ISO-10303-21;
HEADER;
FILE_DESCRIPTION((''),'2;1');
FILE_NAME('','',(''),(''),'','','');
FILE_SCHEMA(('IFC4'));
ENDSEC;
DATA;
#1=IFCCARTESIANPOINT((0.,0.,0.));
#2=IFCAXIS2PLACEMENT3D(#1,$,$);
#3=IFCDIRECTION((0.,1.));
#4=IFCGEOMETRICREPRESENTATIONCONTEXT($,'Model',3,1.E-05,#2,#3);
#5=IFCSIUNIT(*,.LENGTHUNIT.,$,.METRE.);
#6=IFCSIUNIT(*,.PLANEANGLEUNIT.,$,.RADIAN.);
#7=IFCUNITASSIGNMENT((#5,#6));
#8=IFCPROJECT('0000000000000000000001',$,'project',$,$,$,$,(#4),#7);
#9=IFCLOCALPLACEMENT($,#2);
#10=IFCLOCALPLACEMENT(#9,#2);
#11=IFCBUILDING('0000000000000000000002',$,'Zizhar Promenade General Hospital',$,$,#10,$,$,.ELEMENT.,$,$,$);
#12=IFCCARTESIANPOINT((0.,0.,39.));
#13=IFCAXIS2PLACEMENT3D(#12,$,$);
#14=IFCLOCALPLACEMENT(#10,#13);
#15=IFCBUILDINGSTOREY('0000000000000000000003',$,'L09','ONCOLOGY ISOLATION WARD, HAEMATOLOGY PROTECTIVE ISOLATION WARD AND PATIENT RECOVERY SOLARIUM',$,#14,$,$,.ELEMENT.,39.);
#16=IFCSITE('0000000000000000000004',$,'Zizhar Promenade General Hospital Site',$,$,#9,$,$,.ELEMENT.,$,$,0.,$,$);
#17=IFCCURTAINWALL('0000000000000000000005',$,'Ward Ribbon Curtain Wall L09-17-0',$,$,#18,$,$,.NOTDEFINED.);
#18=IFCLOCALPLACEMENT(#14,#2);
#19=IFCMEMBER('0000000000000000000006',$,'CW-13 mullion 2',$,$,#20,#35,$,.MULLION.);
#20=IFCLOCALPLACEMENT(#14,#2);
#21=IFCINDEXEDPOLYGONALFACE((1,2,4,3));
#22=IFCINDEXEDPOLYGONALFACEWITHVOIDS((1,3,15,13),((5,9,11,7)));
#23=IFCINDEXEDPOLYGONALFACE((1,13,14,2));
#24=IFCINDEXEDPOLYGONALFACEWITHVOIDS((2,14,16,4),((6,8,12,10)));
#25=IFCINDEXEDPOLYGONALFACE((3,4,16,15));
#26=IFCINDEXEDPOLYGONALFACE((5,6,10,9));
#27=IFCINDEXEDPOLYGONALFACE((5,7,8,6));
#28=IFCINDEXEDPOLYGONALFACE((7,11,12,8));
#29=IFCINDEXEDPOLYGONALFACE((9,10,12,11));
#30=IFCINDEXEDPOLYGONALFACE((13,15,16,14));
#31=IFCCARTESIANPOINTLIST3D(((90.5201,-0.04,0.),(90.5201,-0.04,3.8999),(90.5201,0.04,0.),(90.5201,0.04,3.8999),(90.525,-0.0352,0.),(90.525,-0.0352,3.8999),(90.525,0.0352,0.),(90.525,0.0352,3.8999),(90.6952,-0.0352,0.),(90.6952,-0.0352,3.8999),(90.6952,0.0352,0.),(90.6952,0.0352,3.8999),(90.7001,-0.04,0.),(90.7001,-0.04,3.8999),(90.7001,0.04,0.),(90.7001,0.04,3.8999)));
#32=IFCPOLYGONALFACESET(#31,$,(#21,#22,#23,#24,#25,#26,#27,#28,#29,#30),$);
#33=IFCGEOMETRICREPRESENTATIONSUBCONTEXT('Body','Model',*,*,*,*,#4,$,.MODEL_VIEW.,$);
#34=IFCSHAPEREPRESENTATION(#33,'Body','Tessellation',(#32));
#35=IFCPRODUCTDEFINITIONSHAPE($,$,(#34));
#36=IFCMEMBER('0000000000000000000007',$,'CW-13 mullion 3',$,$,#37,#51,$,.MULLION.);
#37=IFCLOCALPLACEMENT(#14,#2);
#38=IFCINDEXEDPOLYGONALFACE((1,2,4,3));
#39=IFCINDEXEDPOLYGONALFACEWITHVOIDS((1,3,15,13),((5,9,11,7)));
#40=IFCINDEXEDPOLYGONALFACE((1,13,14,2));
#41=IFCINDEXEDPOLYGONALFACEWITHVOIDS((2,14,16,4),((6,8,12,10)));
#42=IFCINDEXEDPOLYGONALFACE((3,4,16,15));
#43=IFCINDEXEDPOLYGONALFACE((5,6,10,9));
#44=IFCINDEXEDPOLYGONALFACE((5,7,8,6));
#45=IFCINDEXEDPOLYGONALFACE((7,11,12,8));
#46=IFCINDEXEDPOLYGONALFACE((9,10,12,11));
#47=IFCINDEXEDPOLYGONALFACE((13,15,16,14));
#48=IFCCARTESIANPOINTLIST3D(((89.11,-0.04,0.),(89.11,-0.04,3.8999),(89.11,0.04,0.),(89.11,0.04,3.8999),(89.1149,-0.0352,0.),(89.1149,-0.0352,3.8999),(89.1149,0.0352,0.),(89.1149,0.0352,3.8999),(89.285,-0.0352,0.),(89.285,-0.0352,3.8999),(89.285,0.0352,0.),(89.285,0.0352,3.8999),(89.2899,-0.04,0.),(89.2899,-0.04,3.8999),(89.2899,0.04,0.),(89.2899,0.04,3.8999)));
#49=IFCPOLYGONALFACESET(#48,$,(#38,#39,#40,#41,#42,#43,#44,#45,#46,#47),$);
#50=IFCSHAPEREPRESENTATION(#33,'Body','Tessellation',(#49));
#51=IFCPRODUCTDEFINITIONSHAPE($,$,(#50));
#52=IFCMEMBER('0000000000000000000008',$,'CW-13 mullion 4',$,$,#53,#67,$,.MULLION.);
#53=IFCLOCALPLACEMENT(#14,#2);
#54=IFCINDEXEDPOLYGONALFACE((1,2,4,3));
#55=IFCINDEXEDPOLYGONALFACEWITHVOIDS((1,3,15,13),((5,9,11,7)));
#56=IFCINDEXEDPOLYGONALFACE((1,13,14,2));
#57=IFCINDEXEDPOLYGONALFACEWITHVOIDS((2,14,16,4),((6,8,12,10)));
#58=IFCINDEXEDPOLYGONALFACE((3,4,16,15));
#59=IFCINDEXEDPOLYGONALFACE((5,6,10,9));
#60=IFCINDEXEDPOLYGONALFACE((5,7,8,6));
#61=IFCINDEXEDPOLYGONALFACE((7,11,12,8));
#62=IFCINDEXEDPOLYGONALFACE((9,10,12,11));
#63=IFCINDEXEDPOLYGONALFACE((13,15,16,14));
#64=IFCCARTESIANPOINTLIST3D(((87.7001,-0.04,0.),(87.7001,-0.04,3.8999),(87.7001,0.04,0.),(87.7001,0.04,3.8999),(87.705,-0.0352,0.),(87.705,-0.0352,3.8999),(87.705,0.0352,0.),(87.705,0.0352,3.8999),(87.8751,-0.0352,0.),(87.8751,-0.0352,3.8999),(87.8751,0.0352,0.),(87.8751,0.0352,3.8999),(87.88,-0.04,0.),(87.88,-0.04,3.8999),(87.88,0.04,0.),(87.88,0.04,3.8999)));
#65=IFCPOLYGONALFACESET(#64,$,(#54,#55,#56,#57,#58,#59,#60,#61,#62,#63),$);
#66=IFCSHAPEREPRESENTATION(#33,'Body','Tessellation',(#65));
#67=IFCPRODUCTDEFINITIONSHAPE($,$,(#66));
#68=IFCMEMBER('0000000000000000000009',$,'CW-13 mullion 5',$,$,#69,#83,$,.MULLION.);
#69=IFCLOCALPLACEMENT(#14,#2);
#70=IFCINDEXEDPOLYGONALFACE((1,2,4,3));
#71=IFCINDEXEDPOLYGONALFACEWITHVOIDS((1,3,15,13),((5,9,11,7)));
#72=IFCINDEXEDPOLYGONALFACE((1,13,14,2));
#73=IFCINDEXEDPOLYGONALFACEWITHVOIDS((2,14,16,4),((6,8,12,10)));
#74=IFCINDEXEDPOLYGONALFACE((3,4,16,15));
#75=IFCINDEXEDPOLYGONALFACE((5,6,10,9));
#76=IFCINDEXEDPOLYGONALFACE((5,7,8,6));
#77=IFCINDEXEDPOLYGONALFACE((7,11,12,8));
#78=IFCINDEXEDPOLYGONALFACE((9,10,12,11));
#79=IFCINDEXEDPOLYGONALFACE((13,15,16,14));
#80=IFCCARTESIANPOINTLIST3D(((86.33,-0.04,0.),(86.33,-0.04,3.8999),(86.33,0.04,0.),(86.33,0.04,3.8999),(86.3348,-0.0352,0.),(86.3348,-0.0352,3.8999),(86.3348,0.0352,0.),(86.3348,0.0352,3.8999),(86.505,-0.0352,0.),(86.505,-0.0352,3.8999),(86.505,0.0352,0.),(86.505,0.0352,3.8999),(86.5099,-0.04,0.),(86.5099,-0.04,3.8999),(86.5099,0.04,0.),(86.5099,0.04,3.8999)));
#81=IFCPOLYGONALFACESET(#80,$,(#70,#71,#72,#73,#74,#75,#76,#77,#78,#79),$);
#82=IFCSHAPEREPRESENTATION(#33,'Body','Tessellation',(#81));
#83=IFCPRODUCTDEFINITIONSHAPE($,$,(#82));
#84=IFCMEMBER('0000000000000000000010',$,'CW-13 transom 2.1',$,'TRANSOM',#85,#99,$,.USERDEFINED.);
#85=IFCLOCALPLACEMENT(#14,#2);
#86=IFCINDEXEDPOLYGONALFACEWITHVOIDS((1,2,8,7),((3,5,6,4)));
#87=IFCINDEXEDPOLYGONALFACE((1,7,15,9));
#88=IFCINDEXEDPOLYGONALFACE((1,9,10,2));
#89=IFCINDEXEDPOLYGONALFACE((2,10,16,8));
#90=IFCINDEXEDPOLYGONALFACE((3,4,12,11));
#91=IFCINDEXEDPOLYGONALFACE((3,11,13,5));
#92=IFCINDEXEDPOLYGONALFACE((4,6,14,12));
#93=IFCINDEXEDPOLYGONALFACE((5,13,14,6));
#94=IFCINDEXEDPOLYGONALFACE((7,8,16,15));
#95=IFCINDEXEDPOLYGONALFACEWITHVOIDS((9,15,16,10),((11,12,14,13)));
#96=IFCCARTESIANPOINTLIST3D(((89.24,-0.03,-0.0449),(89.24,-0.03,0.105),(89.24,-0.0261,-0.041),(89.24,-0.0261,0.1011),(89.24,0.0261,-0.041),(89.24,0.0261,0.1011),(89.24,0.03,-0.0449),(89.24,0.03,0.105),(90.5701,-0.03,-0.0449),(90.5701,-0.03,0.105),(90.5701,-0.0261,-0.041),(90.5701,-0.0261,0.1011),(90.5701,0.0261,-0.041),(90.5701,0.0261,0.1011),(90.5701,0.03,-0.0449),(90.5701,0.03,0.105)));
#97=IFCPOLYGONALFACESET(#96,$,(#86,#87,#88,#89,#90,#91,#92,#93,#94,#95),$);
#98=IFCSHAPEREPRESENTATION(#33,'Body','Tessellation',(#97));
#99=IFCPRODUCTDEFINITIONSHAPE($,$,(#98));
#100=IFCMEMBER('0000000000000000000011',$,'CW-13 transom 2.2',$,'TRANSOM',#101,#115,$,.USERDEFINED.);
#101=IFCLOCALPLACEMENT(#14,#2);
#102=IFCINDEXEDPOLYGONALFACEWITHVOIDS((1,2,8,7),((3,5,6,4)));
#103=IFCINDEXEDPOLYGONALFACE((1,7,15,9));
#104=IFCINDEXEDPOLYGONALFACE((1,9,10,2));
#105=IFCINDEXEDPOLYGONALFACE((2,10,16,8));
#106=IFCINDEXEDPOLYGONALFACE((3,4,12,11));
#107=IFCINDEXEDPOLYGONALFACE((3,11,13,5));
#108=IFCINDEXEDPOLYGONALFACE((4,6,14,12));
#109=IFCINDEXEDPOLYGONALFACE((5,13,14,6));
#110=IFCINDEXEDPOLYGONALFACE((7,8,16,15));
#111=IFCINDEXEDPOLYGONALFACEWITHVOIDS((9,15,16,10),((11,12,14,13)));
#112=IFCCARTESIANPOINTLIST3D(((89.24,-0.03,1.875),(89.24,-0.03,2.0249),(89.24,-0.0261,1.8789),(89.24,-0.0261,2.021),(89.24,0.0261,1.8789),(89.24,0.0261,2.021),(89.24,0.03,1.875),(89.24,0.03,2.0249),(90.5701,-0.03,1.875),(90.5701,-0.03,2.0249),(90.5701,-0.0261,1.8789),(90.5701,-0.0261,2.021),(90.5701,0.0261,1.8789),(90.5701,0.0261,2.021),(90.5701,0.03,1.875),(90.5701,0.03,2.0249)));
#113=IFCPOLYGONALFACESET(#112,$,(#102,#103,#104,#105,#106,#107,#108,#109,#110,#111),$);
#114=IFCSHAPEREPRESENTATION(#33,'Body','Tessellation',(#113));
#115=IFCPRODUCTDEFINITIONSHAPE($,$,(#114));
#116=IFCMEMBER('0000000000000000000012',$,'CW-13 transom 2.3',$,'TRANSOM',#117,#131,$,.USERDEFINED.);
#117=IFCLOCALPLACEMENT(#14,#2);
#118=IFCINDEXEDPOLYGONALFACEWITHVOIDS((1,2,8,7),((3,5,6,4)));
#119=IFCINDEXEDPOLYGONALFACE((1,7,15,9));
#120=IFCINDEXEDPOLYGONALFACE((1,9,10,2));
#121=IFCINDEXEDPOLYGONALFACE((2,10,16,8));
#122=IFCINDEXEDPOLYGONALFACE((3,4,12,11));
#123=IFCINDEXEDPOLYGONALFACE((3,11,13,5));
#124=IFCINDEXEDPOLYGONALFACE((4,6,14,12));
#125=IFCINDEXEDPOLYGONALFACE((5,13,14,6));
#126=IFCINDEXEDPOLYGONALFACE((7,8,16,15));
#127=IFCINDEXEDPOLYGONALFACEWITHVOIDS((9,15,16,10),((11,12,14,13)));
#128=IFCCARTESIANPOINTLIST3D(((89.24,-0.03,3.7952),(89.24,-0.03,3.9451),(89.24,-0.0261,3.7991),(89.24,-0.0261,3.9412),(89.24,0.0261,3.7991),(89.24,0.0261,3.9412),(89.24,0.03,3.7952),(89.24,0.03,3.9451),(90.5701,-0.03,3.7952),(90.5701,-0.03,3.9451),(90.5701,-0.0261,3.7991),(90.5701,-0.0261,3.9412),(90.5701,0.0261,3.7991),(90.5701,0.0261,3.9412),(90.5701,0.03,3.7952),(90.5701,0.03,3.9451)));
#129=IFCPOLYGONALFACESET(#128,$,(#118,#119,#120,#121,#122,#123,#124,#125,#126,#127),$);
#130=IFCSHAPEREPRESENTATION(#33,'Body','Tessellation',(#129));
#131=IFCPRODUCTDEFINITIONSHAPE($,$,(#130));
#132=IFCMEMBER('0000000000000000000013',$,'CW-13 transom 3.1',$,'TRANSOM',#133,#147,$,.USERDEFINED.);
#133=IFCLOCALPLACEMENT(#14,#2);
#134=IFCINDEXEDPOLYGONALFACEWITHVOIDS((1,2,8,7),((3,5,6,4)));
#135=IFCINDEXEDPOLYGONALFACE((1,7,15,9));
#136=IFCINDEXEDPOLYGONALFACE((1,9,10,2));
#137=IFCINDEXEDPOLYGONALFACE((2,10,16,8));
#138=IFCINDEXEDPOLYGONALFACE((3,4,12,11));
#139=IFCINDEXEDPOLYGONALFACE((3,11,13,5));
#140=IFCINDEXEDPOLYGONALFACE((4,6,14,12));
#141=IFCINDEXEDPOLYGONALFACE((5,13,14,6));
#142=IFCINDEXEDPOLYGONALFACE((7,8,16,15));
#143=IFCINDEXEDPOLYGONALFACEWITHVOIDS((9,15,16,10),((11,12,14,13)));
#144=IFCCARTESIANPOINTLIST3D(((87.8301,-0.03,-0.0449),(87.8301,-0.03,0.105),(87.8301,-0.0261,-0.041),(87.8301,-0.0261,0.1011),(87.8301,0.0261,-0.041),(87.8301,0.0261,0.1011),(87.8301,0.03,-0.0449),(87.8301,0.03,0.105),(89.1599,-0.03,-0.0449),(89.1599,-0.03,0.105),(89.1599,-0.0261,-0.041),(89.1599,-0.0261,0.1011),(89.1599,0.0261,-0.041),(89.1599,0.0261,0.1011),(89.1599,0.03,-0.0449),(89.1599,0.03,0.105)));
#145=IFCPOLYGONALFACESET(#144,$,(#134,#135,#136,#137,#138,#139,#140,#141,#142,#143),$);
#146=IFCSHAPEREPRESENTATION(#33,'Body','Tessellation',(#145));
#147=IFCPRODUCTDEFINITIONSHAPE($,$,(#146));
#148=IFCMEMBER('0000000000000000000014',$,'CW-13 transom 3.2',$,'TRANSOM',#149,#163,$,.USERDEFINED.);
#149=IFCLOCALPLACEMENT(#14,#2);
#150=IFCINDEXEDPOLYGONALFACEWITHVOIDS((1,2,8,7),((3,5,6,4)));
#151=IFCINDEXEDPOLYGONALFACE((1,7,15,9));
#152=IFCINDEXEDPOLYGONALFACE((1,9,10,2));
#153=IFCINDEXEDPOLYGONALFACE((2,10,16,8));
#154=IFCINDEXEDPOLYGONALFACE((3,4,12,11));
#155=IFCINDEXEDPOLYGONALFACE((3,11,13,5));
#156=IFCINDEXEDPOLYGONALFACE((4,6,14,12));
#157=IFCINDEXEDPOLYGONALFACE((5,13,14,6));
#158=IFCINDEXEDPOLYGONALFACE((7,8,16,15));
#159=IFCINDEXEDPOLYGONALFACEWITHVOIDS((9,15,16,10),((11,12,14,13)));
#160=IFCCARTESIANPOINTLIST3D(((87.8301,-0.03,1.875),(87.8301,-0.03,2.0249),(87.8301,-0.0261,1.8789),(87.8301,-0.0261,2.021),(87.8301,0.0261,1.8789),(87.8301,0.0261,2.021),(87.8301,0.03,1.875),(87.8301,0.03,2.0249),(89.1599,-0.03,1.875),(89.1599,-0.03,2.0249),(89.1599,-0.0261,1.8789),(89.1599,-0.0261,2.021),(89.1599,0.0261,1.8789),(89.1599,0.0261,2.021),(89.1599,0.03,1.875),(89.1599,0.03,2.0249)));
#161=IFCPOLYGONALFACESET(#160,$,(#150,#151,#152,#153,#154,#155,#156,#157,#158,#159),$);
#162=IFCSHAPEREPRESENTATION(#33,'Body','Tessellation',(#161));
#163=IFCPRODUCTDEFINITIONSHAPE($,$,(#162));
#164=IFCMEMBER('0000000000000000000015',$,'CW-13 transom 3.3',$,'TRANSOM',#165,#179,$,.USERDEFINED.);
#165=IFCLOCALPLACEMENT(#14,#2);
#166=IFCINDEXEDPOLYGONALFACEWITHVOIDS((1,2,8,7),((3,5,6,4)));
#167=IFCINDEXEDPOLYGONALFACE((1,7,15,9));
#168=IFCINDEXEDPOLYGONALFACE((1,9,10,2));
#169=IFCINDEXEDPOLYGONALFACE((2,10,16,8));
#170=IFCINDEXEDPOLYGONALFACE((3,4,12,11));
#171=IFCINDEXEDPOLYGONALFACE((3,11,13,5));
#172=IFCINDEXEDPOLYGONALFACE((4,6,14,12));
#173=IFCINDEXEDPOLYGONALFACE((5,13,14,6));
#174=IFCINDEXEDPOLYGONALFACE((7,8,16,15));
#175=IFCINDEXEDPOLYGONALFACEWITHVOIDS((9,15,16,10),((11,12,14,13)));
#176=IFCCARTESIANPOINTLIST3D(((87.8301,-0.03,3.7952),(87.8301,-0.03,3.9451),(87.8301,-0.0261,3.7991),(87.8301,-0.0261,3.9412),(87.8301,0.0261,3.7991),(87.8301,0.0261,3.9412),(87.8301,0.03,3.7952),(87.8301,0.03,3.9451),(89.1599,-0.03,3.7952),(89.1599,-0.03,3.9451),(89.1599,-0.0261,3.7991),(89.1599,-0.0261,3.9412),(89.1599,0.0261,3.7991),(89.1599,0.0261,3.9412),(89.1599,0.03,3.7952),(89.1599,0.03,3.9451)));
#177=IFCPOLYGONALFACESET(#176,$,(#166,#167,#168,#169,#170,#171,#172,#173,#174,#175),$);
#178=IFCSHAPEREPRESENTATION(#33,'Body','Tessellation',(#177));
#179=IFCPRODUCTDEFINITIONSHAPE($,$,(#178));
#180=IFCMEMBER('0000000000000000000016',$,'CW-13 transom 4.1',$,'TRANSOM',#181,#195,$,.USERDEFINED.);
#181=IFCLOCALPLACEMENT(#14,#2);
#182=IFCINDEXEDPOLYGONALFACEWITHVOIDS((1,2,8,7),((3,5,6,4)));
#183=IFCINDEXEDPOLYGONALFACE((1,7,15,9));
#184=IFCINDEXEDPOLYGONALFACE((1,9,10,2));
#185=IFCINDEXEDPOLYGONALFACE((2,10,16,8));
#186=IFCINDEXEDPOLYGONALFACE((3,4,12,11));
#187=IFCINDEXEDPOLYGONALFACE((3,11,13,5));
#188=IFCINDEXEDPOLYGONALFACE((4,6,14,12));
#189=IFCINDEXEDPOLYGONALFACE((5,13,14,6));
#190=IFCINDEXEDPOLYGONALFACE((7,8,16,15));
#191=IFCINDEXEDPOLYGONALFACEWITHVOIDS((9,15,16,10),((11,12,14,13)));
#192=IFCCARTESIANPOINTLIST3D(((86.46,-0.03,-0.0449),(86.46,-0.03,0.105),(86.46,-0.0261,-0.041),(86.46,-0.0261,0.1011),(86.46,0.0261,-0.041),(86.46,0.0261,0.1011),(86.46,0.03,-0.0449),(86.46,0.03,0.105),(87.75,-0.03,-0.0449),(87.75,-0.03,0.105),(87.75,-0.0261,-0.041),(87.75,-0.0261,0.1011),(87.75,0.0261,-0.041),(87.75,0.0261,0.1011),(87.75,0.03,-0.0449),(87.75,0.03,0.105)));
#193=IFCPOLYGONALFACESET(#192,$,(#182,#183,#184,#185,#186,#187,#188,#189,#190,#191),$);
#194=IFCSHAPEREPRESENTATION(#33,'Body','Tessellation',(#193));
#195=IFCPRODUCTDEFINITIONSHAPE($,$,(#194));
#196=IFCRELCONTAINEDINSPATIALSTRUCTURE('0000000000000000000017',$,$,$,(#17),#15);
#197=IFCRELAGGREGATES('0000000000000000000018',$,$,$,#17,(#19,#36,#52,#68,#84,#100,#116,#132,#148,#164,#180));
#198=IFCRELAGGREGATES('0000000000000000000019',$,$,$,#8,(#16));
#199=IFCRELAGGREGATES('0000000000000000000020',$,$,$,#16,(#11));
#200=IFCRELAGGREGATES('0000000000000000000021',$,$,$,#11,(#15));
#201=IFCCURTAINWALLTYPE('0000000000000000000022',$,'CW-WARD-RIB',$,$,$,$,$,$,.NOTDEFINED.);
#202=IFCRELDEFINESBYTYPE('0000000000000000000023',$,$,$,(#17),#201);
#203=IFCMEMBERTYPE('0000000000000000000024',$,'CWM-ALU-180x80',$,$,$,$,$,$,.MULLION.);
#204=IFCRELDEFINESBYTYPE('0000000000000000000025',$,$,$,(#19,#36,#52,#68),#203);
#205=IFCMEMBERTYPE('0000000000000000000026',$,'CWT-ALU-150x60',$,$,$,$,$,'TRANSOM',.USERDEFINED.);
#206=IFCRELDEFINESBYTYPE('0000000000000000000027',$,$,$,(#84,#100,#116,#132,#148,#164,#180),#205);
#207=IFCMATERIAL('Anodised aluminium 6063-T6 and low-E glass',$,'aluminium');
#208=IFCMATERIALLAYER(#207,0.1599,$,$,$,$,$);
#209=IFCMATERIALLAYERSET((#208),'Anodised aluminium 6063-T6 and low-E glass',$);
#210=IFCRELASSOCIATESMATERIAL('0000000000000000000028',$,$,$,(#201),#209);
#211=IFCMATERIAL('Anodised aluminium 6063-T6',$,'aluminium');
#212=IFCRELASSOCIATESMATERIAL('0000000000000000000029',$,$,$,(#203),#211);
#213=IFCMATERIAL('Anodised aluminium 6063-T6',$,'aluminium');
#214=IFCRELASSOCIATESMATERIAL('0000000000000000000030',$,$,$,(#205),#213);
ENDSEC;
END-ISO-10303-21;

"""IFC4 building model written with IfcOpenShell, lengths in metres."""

from ifc_helpers import new_model, si_unit, direction, frame, origin, origin_2d, place, context, subcontext, project, spatial, hollow_rectangle, extrude, material, layer, layer_set, material_profile, profile_set, type_object, element, aggregate, save


model = new_model("IFC4")

# Units and contexts
model_context = context("Model", 3, precision=1e-05, world=origin(), true_north=direction((0.0, 1.0)))
body_context = subcontext(model_context, "Body", "Model", "MODEL_VIEW")
ifc_project = project(units=[si_unit("LENGTHUNIT", "METRE"), si_unit("PLANEANGLEUNIT", "RADIAN")], contexts=[model_context])

# Site, building, storey
site_placement = place(None, origin())
site = spatial("IfcSite", under=ifc_project, at=site_placement, Name="Zizhar Promenade General Hospital Site", CompositionType="ELEMENT", RefElevation=0.0)
building_placement = place(site_placement, origin())
building = spatial("IfcBuilding", under=site, at=building_placement, Name="Zizhar Promenade General Hospital", CompositionType="ELEMENT")
storey_placement = place(building_placement, frame((0.0, 0.0, 39.0)))
storey = spatial("IfcBuildingStorey", under=building, at=storey_placement, Name="L09", Description="ONCOLOGY ISOLATION WARD, HAEMATOLOGY PROTECTIVE ISOLATION WARD AND PATIENT RECOVERY SOLARIUM", CompositionType="ELEMENT", Elevation=39.0)

# Curtain wall, members
ifc_material_1 = material(Name="Anodised aluminium 6063-T6 and low-E glass", Category="aluminium")
ifc_layer_1 = layer(ifc_material_1, 0.1599)
ifc_layer_set_1 = layer_set([ifc_layer_1], Name="Anodised aluminium 6063-T6 and low-E glass")
curtain_wall_type = type_object("IfcCurtainWallType", Name="CW-WARD-RIB", PredefinedType="NOTDEFINED", material=ifc_layer_set_1)
curtain_wall_placement = place(storey_placement, origin())
curtain_wall = element("IfcCurtainWall", 1, at=curtain_wall_placement, inside=storey, type_object=curtain_wall_type, Name="Ward Ribbon Curtain Wall L09-17-0", PredefinedType="NOTDEFINED")
ifc_material_2 = material(Name="Anodised aluminium 6063-T6", Category="aluminium")
ifc_material_profile_1 = material_profile(ifc_material_2, hollow_rectangle(XDim=0.0801, YDim=0.1799, WallThickness=0.0049, at=origin_2d()))
ifc_profile_set_1 = profile_set([ifc_material_profile_1], Name="Anodised aluminium 6063-T6")
member_type_1 = type_object("IfcMemberType", Name="CWM-ALU-180x80", PredefinedType="MULLION", material=ifc_profile_set_1)
member_1_placement = place(storey_placement, frame((90.6101, 0.0, 0.0), z_axis=(0.0, 0.0, 1.0), x_axis=(0.0, -1.0, 0.0)))
member_1 = element("IfcMember", 2, at=member_1_placement, type_object=member_type_1, Name="CW-13 mullion 2", PredefinedType="MULLION", context=body_context, shape_type="SweptSolid", body=[
    extrude(hollow_rectangle(XDim=0.0801, YDim=0.1799, WallThickness=0.0049, at=origin_2d()), origin(), (0.0, 0.0, 1.0), 3.8999),
])
member_2_placement = place(storey_placement, frame((89.2, 0.0, 0.0), z_axis=(0.0, 0.0, 1.0), x_axis=(0.0, -1.0, 0.0)))
member_2 = element("IfcMember", 3, at=member_2_placement, type_object=member_type_1, Name="CW-13 mullion 3", PredefinedType="MULLION", context=body_context, shape_type="SweptSolid", body=[
    extrude(hollow_rectangle(XDim=0.0801, YDim=0.1799, WallThickness=0.0049, at=origin_2d()), origin(), (0.0, 0.0, 1.0), 3.8999),
])
member_3_placement = place(storey_placement, frame((87.79, 0.0, 0.0), z_axis=(0.0, 0.0, 1.0), x_axis=(0.0, -1.0, 0.0)))
member_3 = element("IfcMember", 4, at=member_3_placement, type_object=member_type_1, Name="CW-13 mullion 4", PredefinedType="MULLION", context=body_context, shape_type="SweptSolid", body=[
    extrude(hollow_rectangle(XDim=0.0801, YDim=0.1799, WallThickness=0.0049, at=origin_2d()), origin(), (0.0, 0.0, 1.0), 3.8999),
])
member_4_placement = place(storey_placement, frame((86.4199, 0.0, 0.0), z_axis=(0.0, 0.0, 1.0), x_axis=(0.0, -1.0, 0.0)))
member_4 = element("IfcMember", 5, at=member_4_placement, type_object=member_type_1, Name="CW-13 mullion 5", PredefinedType="MULLION", context=body_context, shape_type="SweptSolid", body=[
    extrude(hollow_rectangle(XDim=0.0801, YDim=0.1799, WallThickness=0.0049, at=origin_2d()), origin(), (0.0, 0.0, 1.0), 3.8999),
])
ifc_material_3 = material(Name="Anodised aluminium 6063-T6", Category="aluminium")
ifc_material_profile_2 = material_profile(ifc_material_3, hollow_rectangle(XDim=0.0601, YDim=0.1499, WallThickness=0.0039, at=origin_2d()))
ifc_profile_set_2 = profile_set([ifc_material_profile_2], Name="Anodised aluminium 6063-T6")
member_type_2 = type_object("IfcMemberType", Name="CWT-ALU-150x60", ElementType="TRANSOM", PredefinedType="USERDEFINED", material=ifc_profile_set_2)
member_5_placement = place(storey_placement, frame((90.5701, 0.0, 0.03), z_axis=(-1.0, 0.0, 0.0), x_axis=(0.0, -1.0, 0.0)))
member_5 = element("IfcMember", 6, at=member_5_placement, type_object=member_type_2, Name="CW-13 transom 2.1", ObjectType="TRANSOM", PredefinedType="USERDEFINED", context=body_context, shape_type="SweptSolid", body=[
    extrude(hollow_rectangle(XDim=0.0601, YDim=0.1499, WallThickness=0.0039, at=origin_2d()), origin(), (0.0, 0.0, 1.0), 1.3301),
])
member_6_placement = place(storey_placement, frame((90.5701, 0.0, 1.95), z_axis=(-1.0, 0.0, 0.0), x_axis=(0.0, -1.0, 0.0)))
member_6 = element("IfcMember", 7, at=member_6_placement, type_object=member_type_2, Name="CW-13 transom 2.2", ObjectType="TRANSOM", PredefinedType="USERDEFINED", context=body_context, shape_type="SweptSolid", body=[
    extrude(hollow_rectangle(XDim=0.0601, YDim=0.1499, WallThickness=0.0039, at=origin_2d()), origin(), (0.0, 0.0, 1.0), 1.3301),
])
member_7_placement = place(storey_placement, frame((90.5701, 0.0, 3.8701), z_axis=(-1.0, 0.0, 0.0), x_axis=(0.0, -1.0, 0.0)))
member_7 = element("IfcMember", 8, at=member_7_placement, type_object=member_type_2, Name="CW-13 transom 2.3", ObjectType="TRANSOM", PredefinedType="USERDEFINED", context=body_context, shape_type="SweptSolid", body=[
    extrude(hollow_rectangle(XDim=0.0601, YDim=0.1499, WallThickness=0.0039, at=origin_2d()), origin(), (0.0, 0.0, 1.0), 1.3301),
])
member_8_placement = place(storey_placement, frame((89.1599, 0.0, 0.03), z_axis=(-1.0, 0.0, 0.0), x_axis=(0.0, -1.0, 0.0)))
member_8 = element("IfcMember", 9, at=member_8_placement, type_object=member_type_2, Name="CW-13 transom 3.1", ObjectType="TRANSOM", PredefinedType="USERDEFINED", context=body_context, shape_type="SweptSolid", body=[
    extrude(hollow_rectangle(XDim=0.0601, YDim=0.1499, WallThickness=0.0039, at=origin_2d()), origin(), (0.0, 0.0, 1.0), 1.3298),
])
member_9_placement = place(storey_placement, frame((89.1599, 0.0, 1.95), z_axis=(-1.0, 0.0, 0.0), x_axis=(0.0, -1.0, 0.0)))
member_9 = element("IfcMember", 10, at=member_9_placement, type_object=member_type_2, Name="CW-13 transom 3.2", ObjectType="TRANSOM", PredefinedType="USERDEFINED", context=body_context, shape_type="SweptSolid", body=[
    extrude(hollow_rectangle(XDim=0.0601, YDim=0.1499, WallThickness=0.0039, at=origin_2d()), origin(), (0.0, 0.0, 1.0), 1.3298),
])
member_10_placement = place(storey_placement, frame((89.1599, 0.0, 3.8701), z_axis=(-1.0, 0.0, 0.0), x_axis=(0.0, -1.0, 0.0)))
member_10 = element("IfcMember", 11, at=member_10_placement, type_object=member_type_2, Name="CW-13 transom 3.3", ObjectType="TRANSOM", PredefinedType="USERDEFINED", context=body_context, shape_type="SweptSolid", body=[
    extrude(hollow_rectangle(XDim=0.0601, YDim=0.1499, WallThickness=0.0039, at=origin_2d()), origin(), (0.0, 0.0, 1.0), 1.3298),
])
member_11_placement = place(storey_placement, frame((87.75, 0.0, 0.03), z_axis=(-1.0, 0.0, 0.0), x_axis=(0.0, -1.0, 0.0)))
member_11 = element("IfcMember", 12, at=member_11_placement, type_object=member_type_2, Name="CW-13 transom 4.1", ObjectType="TRANSOM", PredefinedType="USERDEFINED", context=body_context, shape_type="SweptSolid", body=[
    extrude(hollow_rectangle(XDim=0.0601, YDim=0.1499, WallThickness=0.0039, at=origin_2d()), origin(), (0.0, 0.0, 1.0), 1.29),
])
aggregate(curtain_wall, [member_1, member_2, member_3, member_4, member_5, member_6, member_7, member_8, member_9, member_10, member_11])

save(model, "model.ifc")
